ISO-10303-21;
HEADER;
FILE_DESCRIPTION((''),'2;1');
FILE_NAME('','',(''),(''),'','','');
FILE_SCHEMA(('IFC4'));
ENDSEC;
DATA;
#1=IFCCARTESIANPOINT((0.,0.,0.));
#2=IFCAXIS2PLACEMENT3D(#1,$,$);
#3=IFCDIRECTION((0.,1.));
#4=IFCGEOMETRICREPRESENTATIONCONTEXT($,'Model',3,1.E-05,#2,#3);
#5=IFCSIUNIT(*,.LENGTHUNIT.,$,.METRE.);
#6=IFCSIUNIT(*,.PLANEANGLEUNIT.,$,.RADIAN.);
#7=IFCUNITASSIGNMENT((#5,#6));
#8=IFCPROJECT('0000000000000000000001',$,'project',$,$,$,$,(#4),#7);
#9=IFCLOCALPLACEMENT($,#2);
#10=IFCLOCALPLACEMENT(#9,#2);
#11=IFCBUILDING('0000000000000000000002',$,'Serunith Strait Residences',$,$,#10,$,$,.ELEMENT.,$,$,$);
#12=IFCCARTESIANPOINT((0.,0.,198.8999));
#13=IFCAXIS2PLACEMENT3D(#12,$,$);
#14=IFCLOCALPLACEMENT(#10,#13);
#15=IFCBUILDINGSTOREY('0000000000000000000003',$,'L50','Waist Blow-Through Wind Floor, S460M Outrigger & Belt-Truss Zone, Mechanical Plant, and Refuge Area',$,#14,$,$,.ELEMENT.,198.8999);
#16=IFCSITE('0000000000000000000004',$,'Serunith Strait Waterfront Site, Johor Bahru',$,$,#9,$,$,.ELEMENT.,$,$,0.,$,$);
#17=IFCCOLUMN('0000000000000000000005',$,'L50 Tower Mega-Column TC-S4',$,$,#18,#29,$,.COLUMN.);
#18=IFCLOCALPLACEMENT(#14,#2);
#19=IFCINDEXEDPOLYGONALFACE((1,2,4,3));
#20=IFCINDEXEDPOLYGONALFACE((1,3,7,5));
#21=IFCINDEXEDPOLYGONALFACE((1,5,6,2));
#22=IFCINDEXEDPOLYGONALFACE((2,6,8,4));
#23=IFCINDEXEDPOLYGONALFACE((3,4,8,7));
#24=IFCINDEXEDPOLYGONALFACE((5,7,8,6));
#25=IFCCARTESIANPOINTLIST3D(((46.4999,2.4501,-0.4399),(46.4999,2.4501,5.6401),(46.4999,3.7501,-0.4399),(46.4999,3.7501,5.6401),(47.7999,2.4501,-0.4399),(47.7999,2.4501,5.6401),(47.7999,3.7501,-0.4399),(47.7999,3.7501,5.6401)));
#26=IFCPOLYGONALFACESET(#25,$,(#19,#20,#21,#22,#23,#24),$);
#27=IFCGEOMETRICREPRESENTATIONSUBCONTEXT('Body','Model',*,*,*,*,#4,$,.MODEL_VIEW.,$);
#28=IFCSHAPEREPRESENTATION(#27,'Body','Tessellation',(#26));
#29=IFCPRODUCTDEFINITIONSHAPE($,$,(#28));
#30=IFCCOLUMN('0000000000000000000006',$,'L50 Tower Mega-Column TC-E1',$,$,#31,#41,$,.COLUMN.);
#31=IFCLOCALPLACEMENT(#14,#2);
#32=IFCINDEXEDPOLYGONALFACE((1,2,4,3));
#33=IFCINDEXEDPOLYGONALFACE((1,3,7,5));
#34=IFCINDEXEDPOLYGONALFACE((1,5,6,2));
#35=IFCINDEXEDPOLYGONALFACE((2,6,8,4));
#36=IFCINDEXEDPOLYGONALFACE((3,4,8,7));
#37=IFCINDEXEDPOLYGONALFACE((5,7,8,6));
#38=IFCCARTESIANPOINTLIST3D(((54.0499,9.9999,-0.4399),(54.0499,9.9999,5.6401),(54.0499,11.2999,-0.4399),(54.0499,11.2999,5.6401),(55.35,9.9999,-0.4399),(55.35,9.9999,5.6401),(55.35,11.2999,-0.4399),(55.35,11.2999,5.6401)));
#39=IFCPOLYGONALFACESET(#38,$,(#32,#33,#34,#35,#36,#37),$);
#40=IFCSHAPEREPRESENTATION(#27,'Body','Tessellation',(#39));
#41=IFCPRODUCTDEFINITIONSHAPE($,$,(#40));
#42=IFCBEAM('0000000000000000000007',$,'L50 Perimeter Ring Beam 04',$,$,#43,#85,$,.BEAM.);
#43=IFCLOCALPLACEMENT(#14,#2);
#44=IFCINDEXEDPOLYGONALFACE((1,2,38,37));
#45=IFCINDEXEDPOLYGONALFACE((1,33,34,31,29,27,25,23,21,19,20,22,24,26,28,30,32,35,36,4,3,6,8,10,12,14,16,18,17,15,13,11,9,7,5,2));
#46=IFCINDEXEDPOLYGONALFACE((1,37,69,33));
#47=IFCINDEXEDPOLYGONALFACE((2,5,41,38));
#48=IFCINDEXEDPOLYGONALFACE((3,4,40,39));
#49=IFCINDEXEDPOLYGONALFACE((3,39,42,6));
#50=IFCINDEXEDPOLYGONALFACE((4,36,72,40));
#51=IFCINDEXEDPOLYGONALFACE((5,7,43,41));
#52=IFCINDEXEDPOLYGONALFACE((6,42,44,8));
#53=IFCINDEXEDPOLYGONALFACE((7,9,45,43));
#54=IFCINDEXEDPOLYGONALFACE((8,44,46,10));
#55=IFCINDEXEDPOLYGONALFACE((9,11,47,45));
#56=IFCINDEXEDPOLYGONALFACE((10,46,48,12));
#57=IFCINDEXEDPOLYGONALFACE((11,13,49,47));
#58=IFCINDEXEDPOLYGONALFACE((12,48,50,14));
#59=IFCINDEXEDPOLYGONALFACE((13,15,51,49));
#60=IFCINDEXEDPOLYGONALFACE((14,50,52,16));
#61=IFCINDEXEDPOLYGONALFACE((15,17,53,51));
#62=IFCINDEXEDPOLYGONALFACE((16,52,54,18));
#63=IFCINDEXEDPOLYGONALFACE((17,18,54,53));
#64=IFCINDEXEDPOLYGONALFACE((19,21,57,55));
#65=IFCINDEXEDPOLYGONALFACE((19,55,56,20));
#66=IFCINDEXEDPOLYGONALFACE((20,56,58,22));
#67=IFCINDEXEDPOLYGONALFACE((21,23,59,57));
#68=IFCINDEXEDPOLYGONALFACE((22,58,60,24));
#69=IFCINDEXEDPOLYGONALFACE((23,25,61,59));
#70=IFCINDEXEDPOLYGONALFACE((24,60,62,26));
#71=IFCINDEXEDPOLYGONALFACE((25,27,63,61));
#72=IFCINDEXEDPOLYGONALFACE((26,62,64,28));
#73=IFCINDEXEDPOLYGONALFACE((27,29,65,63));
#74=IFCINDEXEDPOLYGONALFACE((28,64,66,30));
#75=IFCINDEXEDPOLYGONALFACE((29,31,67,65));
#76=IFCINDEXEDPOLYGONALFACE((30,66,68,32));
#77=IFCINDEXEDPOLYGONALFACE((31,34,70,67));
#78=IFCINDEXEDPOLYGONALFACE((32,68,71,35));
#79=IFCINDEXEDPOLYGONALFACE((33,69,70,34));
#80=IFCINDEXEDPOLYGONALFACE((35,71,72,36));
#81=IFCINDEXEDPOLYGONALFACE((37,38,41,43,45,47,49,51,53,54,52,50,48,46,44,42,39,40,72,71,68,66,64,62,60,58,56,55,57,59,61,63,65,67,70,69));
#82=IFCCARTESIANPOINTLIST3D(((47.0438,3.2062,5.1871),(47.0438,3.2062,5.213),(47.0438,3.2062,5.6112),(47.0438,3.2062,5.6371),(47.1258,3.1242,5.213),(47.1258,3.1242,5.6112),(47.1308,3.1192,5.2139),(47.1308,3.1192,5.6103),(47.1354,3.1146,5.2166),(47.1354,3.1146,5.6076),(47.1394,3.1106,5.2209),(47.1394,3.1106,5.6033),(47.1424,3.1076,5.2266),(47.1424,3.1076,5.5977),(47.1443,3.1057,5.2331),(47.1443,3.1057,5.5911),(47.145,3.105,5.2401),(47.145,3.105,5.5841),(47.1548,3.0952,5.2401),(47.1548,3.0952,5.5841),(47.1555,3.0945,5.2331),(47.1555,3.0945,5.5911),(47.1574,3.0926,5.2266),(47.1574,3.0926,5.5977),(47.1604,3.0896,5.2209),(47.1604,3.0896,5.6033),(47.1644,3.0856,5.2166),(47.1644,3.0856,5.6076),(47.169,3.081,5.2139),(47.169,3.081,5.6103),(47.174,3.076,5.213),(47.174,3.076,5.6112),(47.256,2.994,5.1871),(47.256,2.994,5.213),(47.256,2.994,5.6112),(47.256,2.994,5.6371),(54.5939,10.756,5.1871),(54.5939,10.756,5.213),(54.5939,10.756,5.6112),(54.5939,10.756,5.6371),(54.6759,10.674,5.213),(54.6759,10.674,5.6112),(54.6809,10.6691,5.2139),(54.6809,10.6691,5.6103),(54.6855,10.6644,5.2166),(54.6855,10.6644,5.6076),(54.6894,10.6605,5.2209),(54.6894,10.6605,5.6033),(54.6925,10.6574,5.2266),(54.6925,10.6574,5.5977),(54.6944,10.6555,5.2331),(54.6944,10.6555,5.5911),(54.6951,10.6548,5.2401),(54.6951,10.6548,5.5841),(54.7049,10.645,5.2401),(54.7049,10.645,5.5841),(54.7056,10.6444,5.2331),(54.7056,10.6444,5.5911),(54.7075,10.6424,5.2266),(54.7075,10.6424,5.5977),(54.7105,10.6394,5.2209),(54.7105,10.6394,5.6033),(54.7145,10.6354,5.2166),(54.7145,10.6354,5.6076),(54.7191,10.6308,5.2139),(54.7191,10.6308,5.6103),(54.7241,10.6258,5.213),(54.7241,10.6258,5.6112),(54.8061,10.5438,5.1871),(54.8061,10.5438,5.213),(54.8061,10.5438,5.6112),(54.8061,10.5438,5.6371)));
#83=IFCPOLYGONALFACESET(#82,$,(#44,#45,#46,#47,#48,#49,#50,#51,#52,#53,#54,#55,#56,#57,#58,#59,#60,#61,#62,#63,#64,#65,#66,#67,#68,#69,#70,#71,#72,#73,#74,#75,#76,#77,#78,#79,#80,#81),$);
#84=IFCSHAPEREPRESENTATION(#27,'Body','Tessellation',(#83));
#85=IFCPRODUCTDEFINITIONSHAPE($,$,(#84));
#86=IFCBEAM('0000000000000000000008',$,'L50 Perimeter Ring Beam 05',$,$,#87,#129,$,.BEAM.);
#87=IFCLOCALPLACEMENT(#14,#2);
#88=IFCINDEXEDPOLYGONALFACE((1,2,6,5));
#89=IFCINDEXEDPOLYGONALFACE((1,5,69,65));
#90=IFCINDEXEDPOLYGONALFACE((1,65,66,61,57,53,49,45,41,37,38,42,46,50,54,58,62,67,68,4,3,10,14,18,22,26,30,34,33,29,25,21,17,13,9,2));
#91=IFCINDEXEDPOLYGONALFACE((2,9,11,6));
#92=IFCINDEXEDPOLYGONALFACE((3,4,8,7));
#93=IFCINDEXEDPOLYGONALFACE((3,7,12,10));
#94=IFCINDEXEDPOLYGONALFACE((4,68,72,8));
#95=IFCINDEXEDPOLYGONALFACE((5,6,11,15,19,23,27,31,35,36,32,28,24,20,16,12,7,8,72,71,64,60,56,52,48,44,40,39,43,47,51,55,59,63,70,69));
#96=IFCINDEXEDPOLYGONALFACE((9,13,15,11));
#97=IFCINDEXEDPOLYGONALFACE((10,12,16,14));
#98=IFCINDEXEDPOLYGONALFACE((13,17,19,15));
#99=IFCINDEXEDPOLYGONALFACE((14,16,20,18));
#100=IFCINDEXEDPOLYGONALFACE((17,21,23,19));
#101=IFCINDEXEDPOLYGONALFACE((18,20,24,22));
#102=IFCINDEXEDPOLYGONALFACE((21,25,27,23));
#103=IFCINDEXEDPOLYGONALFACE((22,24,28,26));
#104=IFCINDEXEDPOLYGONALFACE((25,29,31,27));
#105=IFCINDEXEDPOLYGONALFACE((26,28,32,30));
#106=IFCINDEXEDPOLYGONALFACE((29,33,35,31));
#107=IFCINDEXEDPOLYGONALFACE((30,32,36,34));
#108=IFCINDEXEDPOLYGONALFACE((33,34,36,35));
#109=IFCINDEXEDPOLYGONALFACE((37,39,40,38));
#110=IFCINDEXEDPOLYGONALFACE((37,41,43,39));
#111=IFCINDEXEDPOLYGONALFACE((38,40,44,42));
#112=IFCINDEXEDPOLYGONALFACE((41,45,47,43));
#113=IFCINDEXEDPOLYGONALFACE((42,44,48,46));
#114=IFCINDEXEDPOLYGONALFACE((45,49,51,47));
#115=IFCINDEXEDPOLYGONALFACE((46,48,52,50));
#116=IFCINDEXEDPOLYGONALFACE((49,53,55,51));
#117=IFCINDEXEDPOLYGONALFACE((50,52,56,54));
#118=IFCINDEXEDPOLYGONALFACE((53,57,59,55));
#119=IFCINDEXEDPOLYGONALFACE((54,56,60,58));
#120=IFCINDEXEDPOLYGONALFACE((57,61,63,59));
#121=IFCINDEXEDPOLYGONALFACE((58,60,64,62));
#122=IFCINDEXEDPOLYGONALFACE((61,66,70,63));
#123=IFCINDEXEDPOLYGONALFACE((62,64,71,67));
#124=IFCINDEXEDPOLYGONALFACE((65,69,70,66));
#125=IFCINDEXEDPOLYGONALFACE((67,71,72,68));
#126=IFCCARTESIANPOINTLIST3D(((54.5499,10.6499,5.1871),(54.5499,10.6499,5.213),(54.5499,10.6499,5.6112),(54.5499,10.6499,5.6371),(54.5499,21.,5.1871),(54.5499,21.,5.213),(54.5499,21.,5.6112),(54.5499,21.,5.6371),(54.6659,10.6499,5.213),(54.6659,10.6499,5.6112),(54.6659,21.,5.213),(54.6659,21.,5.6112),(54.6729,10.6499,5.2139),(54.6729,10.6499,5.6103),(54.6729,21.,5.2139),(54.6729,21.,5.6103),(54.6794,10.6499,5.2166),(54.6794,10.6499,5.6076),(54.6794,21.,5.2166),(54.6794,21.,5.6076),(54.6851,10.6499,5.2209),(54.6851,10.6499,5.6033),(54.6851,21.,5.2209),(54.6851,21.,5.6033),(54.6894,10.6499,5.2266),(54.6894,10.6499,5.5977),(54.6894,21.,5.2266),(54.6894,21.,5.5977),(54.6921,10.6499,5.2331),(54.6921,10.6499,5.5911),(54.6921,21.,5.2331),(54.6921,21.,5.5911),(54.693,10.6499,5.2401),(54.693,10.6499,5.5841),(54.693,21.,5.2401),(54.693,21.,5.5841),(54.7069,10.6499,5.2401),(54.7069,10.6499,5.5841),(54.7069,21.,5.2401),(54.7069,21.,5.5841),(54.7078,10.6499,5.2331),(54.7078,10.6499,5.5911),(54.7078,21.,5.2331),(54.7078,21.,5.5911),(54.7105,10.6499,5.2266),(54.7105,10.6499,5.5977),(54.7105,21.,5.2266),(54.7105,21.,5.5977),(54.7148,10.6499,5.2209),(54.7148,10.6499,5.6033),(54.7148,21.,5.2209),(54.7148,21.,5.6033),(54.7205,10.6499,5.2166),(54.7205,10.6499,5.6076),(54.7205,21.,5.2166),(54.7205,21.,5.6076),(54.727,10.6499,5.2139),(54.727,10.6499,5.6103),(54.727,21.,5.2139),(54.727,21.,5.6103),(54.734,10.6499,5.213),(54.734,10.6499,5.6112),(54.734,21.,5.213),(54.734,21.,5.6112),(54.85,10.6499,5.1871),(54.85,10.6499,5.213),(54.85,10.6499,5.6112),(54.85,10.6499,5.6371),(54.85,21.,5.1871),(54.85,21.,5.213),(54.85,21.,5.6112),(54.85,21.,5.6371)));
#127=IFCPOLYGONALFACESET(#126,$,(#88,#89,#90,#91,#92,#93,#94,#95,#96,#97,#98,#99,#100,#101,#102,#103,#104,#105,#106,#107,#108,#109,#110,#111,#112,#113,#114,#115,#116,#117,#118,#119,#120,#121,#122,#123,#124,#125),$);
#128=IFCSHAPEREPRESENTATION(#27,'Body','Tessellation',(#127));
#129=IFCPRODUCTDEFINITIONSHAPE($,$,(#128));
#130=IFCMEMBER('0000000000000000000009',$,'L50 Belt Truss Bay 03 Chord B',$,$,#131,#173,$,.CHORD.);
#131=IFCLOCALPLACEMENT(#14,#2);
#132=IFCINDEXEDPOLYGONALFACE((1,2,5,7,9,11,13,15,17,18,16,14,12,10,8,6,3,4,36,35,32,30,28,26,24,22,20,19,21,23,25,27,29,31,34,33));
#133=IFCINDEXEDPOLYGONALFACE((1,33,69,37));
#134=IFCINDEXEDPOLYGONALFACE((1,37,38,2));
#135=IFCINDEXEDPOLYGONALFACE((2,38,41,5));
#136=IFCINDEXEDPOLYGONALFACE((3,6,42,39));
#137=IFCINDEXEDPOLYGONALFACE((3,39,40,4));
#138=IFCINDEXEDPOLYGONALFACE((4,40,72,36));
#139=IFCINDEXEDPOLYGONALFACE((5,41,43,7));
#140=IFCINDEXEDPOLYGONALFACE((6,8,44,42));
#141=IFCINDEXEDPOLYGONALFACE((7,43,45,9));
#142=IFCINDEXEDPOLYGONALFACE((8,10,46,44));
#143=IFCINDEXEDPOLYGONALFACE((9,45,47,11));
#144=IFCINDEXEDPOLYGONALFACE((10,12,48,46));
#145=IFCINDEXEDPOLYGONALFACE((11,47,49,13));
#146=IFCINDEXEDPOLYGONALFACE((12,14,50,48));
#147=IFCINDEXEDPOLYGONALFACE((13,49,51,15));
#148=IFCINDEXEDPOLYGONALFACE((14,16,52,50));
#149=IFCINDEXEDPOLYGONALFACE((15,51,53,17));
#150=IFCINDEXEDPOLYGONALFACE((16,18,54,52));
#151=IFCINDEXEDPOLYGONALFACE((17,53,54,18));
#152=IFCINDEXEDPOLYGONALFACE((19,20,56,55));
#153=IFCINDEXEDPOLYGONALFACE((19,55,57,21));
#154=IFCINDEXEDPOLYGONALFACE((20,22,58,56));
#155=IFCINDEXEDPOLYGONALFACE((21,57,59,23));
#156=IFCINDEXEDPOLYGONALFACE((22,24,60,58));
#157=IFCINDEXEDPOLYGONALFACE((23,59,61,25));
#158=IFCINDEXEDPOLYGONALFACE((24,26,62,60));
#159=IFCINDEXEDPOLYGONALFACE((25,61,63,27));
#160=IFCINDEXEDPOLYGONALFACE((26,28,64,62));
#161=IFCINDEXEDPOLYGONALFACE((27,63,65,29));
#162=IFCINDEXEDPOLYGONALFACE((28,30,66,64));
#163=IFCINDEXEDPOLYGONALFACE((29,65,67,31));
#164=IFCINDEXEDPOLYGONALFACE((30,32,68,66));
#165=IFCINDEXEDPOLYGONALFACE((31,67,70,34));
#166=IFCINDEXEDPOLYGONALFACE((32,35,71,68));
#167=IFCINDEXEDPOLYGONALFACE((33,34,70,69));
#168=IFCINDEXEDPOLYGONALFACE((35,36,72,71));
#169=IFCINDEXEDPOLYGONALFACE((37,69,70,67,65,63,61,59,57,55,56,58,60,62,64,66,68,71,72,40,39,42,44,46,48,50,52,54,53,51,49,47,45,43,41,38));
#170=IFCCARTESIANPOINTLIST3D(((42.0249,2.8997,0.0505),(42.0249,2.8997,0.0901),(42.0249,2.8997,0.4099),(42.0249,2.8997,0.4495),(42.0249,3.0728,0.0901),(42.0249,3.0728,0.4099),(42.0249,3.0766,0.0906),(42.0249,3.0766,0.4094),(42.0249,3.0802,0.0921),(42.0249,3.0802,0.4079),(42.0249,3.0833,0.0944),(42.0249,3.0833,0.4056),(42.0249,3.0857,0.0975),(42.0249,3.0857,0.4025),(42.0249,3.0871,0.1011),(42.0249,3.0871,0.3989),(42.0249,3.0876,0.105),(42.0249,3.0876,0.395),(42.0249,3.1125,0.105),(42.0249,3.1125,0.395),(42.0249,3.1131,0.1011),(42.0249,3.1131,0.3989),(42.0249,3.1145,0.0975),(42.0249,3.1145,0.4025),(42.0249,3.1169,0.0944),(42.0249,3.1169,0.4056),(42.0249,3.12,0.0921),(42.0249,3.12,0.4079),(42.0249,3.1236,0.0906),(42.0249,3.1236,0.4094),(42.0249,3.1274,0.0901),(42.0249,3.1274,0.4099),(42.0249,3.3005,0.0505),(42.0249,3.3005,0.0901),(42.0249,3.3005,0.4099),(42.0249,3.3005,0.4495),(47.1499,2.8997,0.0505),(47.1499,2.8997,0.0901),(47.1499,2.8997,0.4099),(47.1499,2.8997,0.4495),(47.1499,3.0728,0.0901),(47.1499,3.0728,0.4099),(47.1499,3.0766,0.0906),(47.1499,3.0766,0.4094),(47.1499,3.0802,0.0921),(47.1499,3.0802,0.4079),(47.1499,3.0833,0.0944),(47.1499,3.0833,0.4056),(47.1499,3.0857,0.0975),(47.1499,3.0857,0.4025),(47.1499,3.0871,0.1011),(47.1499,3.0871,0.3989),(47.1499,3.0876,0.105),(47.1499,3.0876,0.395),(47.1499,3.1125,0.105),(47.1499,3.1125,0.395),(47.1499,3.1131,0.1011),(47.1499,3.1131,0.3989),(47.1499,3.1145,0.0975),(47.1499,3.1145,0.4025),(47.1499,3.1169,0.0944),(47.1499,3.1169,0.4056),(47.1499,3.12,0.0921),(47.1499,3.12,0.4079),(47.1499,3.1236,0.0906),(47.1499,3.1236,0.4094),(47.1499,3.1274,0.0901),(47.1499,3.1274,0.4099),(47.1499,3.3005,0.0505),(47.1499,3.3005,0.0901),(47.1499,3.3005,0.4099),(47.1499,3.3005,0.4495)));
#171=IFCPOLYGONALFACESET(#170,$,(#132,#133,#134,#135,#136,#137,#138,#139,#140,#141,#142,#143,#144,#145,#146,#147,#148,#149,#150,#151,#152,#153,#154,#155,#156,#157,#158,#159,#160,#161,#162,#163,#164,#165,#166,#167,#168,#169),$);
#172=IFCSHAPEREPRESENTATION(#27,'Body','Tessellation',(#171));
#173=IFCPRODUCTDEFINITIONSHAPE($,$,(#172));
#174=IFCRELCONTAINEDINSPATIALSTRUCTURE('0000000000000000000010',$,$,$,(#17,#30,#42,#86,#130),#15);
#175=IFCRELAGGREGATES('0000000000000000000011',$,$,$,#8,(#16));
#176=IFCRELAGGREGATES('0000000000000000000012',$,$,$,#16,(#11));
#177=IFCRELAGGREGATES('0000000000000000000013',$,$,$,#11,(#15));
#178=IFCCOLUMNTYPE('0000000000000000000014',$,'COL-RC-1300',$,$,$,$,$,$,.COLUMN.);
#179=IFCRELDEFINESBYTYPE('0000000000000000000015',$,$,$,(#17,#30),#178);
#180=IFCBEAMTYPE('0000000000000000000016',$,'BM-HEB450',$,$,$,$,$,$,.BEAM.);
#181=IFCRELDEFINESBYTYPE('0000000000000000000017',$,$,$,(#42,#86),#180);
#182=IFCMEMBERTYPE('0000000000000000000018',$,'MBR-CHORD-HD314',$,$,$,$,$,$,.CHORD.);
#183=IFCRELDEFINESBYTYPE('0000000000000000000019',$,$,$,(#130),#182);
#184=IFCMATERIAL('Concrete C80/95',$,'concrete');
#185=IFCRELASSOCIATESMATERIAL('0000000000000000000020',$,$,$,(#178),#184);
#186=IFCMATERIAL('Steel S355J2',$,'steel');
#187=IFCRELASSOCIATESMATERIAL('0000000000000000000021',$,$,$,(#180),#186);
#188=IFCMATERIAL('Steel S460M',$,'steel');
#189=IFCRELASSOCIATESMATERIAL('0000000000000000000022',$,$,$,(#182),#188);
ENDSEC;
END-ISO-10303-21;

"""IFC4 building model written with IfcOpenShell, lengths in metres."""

from ifc_helpers import new_model, si_unit, direction, frame, origin, origin_2d, place, context, subcontext, project, spatial, rectangle, i_section, extrude, source, transform, mapped, material, material_profile, profile_set, type_object, element, save


model = new_model("IFC4")

# Units and contexts
model_context = context("Model", 3, precision=1e-05, world=origin(), true_north=direction((0.0, 1.0)))
body_context = subcontext(model_context, "Body", "Model", "MODEL_VIEW")
ifc_project = project(units=[si_unit("LENGTHUNIT", "METRE"), si_unit("PLANEANGLEUNIT", "RADIAN")], contexts=[model_context])

# Site, building, storey
site_placement = place(None, origin())
site = spatial("IfcSite", under=ifc_project, at=site_placement, Name="Serunith Strait Waterfront Site, Johor Bahru", CompositionType="ELEMENT", RefElevation=0.0)
building_placement = place(site_placement, origin())
building = spatial("IfcBuilding", under=site, at=building_placement, Name="Serunith Strait Residences", CompositionType="ELEMENT")
storey_placement = place(building_placement, frame((0.0, 0.0, 198.8999)))
storey = spatial("IfcBuildingStorey", under=building, at=storey_placement, Name="L50", Description="Waist Blow-Through Wind Floor, S460M Outrigger & Belt-Truss Zone, Mechanical Plant, and Refuge Area", CompositionType="ELEMENT", Elevation=198.8999)

# Columns
ifc_material_1 = material(Name="Concrete C80/95", Category="concrete")
ifc_material_profile_1 = material_profile(ifc_material_1, rectangle(XDim=1.3, YDim=1.3, at=origin_2d()), Name="RC 1300x1300")
ifc_profile_set_1 = profile_set([ifc_material_profile_1], Name="Concrete C80/95")
column_type = type_object("IfcColumnType", Name="COL-RC-1300", PredefinedType="COLUMN", material=ifc_profile_set_1)
shared_shape_1 = source(origin(), body_context, "Body", "SweptSolid", [
    extrude(rectangle(XDim=1.3, YDim=1.3, at=origin_2d()), origin(), (0.0, 0.0, 1.0), 6.0801),
])
for number, where, z_axis, x_axis, name in (
    (1, (47.1499, 3.1001, -0.4399), (0.0, 0.0, 1.0), (1.0, 0.0, 0.0), "L50 Tower Mega-Column TC-S4"),
    (2, (54.7, 10.6499, -0.4399), (0.0, 0.0, 1.0), (1.0, 0.0, 0.0), "L50 Tower Mega-Column TC-E1"),
):
    element("IfcColumn", number, at=place(storey_placement, frame(where, z_axis=z_axis, x_axis=x_axis)), inside=storey, type_object=column_type, Name=name, PredefinedType="COLUMN", context=body_context, shape_type="MappedRepresentation", body=[
        mapped(shared_shape_1, transform((0.0, 0.0, 0.0), scale=1.0)),
    ])

# Beams
ifc_material_2 = material(Name="Steel S355J2", Category="steel")
ifc_material_profile_2 = material_profile(ifc_material_2, i_section(OverallWidth=0.3, OverallDepth=0.45, WebThickness=0.0139, FlangeThickness=0.0259, FilletRadius=0.0271, at=origin_2d()), Name="HEB 450")
ifc_profile_set_2 = profile_set([ifc_material_profile_2], Name="Steel S355J2")
beam_type = type_object("IfcBeamType", Name="BM-HEB450", PredefinedType="BEAM", material=ifc_profile_set_2)
shared_shape_2 = source(origin(), body_context, "Body", "SweptSolid", [
    extrude(i_section(OverallWidth=0.3, OverallDepth=0.45, WebThickness=0.0139, FlangeThickness=0.0259, FilletRadius=0.0271, at=origin_2d()), origin(), (0.0, 0.0, 1.0), 10.6772),
])
beam_1_placement = place(storey_placement, frame((47.1499, 3.1001, 5.4121), z_axis=(0.707118, 0.707095, 0.0), x_axis=(-0.707095, 0.707118, 0.0)))
element("IfcBeam", 3, at=beam_1_placement, inside=storey, type_object=beam_type, Name="L50 Perimeter Ring Beam 04", PredefinedType="BEAM", context=body_context, shape_type="MappedRepresentation", body=[
    mapped(shared_shape_2, transform((0.0, 0.0, 0.0), scale=1.0)),
])
shared_shape_3 = source(origin(), body_context, "Body", "SweptSolid", [
    extrude(i_section(OverallWidth=0.3, OverallDepth=0.45, WebThickness=0.0139, FlangeThickness=0.0259, FilletRadius=0.0271, at=origin_2d()), origin(), (0.0, 0.0, 1.0), 10.3501),
])
beam_2_placement = place(storey_placement, frame((54.7, 10.6499, 5.4121), z_axis=(0.0, 1.0, 0.0), x_axis=(-1.0, 0.0, 0.0)))
element("IfcBeam", 4, at=beam_2_placement, inside=storey, type_object=beam_type, Name="L50 Perimeter Ring Beam 05", PredefinedType="BEAM", context=body_context, shape_type="MappedRepresentation", body=[
    mapped(shared_shape_3, transform((0.0, 0.0, 0.0), scale=1.0)),
])

# Member
ifc_material_3 = material(Name="Steel S460M", Category="steel")
ifc_material_profile_3 = material_profile(ifc_material_3, i_section(OverallWidth=0.4009, OverallDepth=0.3989, WebThickness=0.0249, FlangeThickness=0.0396, FilletRadius=0.0149, at=origin_2d()), Name="HD 400x314")
ifc_profile_set_3 = profile_set([ifc_material_profile_3], Name="Steel S460M")
member_type_1 = type_object("IfcMemberType", Name="MBR-CHORD-HD314", PredefinedType="CHORD", material=ifc_profile_set_3)
shared_shape_4 = source(origin(), body_context, "Body", "SweptSolid", [
    extrude(i_section(OverallWidth=0.4009, OverallDepth=0.3989, WebThickness=0.0249, FlangeThickness=0.0396, FilletRadius=0.0149, at=origin_2d()), origin(), (0.0, 0.0, 1.0), 5.125),
])
member_1_placement = place(storey_placement, frame((42.0249, 3.1001, 0.25), z_axis=(1.0, 0.0, 0.0), x_axis=(0.0, 1.0, 0.0)))
element("IfcMember", 5, at=member_1_placement, inside=storey, type_object=member_type_1, Name="L50 Belt Truss Bay 03 Chord B", PredefinedType="CHORD", context=body_context, shape_type="MappedRepresentation", body=[
    mapped(shared_shape_4, transform((0.0, 0.0, 0.0), scale=1.0)),
])

save(model, "model.ifc")
